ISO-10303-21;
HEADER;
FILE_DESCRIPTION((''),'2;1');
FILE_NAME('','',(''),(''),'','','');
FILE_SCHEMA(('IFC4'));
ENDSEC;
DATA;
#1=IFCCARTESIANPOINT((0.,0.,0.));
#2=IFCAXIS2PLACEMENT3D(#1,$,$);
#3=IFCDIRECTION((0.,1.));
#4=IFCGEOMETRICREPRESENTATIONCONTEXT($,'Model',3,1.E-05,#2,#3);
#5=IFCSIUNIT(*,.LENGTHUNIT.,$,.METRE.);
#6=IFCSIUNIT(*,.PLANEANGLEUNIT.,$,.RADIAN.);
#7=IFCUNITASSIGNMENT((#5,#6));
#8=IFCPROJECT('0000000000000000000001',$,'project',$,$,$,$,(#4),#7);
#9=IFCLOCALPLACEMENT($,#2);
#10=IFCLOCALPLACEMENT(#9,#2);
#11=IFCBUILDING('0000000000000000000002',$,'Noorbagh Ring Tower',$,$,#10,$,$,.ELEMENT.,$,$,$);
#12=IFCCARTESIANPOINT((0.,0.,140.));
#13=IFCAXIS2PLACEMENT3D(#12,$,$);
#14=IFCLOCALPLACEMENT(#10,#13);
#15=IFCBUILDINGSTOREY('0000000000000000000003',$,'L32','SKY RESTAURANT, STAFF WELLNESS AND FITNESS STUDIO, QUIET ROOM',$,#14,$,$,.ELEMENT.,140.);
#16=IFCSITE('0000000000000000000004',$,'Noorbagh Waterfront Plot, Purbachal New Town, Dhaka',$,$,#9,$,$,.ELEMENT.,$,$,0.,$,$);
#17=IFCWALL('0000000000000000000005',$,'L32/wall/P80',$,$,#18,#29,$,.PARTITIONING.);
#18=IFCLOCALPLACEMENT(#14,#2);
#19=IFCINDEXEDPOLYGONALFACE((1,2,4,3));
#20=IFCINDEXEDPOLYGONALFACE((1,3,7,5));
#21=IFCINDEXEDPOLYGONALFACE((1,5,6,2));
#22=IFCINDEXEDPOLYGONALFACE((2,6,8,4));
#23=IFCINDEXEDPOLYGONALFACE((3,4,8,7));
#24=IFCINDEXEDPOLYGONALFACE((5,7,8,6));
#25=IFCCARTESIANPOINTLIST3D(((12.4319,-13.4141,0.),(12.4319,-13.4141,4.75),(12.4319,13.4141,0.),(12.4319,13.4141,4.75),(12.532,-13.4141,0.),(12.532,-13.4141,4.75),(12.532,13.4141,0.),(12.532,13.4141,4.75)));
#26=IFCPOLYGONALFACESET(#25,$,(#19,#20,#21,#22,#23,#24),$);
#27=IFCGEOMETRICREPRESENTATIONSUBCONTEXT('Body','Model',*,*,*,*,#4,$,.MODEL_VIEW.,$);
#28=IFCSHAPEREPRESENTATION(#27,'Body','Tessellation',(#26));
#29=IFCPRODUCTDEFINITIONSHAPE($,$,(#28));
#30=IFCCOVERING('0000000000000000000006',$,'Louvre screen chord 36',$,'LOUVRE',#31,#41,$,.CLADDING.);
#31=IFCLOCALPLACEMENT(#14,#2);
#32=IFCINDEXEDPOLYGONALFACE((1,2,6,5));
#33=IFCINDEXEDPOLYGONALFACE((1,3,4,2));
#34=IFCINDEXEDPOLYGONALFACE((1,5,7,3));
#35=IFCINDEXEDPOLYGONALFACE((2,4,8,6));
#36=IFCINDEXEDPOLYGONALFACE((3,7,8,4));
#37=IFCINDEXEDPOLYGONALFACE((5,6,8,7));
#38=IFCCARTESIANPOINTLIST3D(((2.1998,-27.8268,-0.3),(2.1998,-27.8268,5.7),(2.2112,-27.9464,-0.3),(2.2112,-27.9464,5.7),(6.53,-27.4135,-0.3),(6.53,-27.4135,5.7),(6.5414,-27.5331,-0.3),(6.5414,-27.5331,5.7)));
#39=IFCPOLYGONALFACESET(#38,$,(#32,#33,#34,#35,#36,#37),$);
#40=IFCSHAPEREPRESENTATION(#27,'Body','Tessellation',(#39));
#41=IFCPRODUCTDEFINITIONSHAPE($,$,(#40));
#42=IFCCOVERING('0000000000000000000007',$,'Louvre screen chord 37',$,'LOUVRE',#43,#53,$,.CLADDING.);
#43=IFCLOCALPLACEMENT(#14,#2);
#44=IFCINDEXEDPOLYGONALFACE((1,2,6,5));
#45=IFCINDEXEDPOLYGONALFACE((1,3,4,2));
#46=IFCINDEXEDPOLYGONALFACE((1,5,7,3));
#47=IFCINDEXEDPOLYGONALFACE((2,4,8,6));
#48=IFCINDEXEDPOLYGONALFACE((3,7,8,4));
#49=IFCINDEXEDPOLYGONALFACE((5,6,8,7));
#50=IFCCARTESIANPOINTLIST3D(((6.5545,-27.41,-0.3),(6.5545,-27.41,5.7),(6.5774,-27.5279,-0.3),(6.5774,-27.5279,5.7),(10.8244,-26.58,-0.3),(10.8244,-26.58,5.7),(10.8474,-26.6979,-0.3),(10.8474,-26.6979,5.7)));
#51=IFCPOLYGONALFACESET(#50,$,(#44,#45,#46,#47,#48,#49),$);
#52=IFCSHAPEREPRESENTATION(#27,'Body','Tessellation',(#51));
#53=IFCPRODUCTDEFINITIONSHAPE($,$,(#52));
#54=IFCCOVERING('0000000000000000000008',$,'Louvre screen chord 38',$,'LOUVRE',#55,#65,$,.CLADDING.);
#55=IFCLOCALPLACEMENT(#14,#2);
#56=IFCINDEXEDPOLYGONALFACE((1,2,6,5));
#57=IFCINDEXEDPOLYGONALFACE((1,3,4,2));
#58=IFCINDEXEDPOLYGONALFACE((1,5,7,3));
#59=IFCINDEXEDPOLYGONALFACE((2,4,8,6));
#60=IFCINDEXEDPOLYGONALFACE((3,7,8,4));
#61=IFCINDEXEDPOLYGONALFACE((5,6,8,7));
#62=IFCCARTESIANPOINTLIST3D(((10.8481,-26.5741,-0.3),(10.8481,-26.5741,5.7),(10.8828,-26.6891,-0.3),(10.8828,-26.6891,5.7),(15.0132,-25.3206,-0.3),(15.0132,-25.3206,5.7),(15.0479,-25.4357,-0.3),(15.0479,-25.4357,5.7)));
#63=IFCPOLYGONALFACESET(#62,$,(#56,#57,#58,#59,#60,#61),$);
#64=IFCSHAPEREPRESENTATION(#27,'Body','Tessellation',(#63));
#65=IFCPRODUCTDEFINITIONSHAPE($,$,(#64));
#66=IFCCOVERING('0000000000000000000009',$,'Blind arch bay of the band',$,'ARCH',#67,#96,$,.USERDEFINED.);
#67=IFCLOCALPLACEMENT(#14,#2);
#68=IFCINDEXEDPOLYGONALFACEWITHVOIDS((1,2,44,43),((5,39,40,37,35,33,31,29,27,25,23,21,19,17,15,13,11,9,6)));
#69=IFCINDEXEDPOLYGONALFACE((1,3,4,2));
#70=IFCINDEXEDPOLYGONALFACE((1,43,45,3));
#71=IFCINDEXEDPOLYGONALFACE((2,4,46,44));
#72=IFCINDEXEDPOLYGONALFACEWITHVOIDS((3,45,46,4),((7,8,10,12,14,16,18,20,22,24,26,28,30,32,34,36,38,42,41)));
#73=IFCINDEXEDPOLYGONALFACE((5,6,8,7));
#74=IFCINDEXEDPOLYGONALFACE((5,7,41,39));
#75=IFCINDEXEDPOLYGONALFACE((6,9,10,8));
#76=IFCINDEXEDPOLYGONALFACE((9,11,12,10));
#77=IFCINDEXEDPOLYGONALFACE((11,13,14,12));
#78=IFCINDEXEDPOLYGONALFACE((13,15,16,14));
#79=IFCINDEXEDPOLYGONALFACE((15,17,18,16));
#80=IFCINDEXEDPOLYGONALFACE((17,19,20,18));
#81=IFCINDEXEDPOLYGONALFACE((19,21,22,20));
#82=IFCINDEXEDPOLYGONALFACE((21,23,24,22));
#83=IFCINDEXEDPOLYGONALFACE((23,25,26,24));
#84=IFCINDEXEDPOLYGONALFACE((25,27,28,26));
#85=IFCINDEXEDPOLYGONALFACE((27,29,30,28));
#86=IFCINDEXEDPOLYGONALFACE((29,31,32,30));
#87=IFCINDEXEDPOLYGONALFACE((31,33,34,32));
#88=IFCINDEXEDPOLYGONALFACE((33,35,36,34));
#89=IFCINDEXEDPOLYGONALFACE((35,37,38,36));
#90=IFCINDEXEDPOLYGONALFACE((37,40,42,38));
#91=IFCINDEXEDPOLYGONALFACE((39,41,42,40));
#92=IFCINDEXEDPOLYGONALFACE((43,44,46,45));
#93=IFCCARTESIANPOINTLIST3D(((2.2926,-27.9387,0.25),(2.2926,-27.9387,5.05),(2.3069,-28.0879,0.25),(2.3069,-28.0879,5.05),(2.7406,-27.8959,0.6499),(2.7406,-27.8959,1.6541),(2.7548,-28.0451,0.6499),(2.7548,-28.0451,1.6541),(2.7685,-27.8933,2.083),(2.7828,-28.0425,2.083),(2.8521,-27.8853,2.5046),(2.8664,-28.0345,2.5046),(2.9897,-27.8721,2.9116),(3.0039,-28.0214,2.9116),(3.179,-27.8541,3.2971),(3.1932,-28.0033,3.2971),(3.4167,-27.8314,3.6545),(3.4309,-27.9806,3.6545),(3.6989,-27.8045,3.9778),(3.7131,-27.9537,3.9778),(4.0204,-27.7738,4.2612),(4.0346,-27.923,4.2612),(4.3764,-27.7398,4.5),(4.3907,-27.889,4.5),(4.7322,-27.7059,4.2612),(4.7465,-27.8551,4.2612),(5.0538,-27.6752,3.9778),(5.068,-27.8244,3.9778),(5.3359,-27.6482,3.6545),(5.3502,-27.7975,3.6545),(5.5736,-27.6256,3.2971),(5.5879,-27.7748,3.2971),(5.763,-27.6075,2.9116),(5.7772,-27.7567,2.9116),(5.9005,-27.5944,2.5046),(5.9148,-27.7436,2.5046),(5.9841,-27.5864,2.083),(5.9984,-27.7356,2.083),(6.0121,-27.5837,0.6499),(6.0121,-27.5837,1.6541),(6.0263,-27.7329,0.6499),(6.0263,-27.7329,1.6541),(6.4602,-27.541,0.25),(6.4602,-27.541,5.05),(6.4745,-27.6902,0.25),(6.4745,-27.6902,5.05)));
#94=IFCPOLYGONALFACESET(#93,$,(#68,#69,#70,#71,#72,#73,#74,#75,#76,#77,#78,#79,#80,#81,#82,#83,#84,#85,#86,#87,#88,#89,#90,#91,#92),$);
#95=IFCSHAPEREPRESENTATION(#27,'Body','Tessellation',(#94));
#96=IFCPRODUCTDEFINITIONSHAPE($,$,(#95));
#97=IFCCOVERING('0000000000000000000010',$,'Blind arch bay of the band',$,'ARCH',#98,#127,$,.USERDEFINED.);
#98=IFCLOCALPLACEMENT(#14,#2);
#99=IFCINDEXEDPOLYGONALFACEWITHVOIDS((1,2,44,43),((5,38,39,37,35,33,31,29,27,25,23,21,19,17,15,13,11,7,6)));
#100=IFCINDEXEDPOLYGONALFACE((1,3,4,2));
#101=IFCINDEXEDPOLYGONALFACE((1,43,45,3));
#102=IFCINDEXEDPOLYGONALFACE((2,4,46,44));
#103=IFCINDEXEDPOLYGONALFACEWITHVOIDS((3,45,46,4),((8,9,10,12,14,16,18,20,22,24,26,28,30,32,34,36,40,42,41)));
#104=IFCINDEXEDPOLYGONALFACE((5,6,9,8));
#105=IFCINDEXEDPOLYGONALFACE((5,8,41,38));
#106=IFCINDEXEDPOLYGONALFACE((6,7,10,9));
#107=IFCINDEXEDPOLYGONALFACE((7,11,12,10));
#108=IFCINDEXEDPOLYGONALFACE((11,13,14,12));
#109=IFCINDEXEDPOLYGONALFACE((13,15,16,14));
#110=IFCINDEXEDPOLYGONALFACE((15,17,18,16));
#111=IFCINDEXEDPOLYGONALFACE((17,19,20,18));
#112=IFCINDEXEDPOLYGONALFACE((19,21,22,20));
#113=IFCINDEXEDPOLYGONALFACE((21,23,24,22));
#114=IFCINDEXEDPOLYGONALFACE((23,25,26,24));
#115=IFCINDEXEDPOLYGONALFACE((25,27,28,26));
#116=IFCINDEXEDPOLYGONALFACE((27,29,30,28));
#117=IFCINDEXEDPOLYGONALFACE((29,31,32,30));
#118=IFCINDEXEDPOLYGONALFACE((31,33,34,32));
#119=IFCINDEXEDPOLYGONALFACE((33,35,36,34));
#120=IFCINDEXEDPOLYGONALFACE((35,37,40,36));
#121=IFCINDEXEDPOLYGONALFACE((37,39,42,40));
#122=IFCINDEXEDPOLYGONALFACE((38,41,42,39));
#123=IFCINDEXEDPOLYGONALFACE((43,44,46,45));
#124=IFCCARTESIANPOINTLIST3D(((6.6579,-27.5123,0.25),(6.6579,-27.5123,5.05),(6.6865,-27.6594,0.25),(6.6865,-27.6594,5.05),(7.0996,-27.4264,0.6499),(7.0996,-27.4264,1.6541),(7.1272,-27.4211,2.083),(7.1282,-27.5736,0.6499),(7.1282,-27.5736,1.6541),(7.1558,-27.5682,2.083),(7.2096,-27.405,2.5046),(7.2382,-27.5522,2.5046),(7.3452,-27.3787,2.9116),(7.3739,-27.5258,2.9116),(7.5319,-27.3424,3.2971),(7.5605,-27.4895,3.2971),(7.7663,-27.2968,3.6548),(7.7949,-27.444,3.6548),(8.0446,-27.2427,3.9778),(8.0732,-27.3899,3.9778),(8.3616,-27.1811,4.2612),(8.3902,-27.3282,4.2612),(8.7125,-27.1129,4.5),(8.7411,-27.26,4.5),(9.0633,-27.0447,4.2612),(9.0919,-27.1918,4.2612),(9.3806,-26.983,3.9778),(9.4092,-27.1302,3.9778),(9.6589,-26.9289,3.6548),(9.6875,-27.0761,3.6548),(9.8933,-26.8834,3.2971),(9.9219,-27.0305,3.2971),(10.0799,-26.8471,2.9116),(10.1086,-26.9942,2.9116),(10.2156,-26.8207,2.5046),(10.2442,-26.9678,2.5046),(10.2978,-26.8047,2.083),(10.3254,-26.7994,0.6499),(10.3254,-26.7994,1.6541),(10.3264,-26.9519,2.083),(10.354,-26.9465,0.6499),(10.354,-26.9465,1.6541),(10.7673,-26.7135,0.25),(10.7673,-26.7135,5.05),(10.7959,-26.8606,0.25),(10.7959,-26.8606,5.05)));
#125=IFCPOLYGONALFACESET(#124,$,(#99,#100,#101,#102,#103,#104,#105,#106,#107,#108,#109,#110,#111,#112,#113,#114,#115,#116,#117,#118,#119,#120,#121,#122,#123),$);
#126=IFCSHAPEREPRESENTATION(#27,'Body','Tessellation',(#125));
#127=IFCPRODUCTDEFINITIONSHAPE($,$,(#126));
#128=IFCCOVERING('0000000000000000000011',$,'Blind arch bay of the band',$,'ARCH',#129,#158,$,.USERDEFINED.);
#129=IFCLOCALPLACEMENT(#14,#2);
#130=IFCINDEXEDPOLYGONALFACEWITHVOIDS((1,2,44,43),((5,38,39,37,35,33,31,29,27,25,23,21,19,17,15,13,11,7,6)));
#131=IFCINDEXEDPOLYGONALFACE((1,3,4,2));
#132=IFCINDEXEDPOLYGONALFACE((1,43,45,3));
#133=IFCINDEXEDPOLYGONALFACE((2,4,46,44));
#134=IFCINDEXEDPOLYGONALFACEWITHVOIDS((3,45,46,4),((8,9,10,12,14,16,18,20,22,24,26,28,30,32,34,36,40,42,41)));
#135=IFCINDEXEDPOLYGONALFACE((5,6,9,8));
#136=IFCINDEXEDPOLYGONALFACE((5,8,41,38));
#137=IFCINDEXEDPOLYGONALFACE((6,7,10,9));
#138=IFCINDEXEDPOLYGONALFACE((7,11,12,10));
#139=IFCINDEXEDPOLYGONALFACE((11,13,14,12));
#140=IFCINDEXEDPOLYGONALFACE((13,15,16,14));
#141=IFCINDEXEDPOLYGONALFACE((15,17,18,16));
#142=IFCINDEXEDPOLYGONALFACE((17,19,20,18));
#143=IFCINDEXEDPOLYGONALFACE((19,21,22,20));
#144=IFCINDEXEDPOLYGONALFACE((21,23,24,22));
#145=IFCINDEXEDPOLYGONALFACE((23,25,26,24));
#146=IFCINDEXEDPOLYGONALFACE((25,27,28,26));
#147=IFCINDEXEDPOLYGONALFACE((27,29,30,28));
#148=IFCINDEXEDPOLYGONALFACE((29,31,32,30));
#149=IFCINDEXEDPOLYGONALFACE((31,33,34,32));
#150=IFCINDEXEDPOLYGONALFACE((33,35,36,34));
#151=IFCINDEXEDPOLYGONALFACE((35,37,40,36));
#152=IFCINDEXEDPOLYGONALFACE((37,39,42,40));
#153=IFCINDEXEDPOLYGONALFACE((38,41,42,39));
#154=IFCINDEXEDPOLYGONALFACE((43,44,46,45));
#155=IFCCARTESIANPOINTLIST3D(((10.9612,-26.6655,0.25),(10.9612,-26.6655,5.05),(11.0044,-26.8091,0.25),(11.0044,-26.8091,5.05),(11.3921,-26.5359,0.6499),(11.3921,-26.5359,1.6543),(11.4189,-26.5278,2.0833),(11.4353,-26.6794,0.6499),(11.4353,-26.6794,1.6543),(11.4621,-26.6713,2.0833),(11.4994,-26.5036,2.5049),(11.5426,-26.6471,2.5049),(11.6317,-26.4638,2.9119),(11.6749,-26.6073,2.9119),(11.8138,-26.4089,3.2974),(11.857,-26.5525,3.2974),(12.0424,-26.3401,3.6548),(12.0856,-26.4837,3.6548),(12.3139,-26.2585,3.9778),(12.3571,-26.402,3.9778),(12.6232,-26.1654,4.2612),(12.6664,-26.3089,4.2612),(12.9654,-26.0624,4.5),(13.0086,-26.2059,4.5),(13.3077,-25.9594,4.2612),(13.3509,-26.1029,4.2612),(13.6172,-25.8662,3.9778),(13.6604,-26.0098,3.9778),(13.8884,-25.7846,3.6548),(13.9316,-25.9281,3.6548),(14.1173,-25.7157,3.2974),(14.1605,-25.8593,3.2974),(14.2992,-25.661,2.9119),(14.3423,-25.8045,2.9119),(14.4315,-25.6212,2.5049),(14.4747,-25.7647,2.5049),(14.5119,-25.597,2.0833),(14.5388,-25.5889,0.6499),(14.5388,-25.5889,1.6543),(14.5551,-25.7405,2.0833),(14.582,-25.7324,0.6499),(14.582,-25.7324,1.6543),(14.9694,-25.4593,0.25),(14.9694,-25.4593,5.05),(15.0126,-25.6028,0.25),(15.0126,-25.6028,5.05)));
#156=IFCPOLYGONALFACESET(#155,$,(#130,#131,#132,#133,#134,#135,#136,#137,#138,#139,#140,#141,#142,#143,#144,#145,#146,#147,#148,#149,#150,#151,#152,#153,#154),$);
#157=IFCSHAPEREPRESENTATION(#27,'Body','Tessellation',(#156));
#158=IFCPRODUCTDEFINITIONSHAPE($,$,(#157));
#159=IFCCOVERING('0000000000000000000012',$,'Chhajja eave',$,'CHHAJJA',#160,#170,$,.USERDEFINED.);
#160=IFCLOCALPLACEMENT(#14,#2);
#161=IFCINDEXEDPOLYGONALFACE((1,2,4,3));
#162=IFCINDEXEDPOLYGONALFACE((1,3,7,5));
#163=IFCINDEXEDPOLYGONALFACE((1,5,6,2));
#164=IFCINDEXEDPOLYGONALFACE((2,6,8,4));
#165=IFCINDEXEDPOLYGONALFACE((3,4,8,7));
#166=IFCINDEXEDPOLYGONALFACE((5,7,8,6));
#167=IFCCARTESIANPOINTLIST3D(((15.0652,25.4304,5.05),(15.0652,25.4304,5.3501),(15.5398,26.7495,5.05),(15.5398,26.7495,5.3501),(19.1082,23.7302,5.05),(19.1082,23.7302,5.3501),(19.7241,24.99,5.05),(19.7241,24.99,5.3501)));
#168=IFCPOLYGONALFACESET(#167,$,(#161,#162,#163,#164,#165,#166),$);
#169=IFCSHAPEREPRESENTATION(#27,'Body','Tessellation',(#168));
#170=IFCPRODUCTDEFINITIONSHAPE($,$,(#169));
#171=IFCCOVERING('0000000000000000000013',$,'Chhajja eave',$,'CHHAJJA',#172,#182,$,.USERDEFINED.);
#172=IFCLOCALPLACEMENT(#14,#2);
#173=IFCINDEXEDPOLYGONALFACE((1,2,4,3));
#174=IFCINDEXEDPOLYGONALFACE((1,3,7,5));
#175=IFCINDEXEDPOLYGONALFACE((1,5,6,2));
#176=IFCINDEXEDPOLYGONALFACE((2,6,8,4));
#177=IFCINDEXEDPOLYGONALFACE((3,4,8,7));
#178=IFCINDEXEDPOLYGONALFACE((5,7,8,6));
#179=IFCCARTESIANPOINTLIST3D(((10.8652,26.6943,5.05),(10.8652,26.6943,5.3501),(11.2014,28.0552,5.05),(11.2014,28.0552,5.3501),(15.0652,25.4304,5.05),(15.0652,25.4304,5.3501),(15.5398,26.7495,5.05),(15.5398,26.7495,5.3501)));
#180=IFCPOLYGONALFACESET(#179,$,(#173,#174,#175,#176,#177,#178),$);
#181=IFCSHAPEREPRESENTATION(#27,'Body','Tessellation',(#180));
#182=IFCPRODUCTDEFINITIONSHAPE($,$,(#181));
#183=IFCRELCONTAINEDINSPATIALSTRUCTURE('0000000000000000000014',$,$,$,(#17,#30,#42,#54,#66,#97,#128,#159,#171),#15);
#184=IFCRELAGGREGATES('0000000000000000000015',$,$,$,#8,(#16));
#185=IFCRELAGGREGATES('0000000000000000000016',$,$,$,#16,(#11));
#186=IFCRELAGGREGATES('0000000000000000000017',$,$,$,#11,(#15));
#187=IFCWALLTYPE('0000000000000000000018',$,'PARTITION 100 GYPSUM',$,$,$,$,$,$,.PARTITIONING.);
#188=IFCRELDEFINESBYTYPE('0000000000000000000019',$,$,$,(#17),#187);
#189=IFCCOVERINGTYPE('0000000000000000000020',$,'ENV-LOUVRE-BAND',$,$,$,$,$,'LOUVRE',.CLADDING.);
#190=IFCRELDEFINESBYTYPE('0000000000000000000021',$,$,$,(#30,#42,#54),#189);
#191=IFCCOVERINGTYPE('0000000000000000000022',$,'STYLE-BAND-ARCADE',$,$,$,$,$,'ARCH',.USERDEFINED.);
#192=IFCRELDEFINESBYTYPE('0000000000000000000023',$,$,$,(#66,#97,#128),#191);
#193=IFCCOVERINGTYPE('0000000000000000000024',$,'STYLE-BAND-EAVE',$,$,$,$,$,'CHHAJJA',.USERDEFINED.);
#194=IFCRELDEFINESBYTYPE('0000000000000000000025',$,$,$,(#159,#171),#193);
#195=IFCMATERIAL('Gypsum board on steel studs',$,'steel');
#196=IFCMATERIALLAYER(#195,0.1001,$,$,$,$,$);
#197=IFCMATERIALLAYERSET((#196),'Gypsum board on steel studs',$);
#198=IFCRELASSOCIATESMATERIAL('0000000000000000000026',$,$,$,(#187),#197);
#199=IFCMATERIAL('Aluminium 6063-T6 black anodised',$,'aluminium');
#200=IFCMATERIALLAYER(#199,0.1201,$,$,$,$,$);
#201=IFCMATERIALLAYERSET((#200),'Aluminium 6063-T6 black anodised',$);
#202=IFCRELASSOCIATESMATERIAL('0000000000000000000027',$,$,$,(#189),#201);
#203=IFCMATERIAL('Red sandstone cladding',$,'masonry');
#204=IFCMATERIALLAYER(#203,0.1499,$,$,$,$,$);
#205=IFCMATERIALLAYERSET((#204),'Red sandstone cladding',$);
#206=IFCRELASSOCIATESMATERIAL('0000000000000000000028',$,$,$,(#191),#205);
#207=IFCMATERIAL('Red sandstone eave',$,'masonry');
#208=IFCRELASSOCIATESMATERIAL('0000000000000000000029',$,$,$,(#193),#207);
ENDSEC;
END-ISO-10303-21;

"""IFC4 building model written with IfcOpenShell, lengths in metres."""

from ifc_helpers import new_model, si_unit, direction, frame, frame_2d, origin, origin_2d, place, context, subcontext, project, spatial, polyline, rectangle, outline, extrude, material, layer, layer_set, type_object, element, save


model = new_model("IFC4")

# Units and contexts
model_context = context("Model", 3, precision=1e-05, world=origin(), true_north=direction((0.0, 1.0)))
body_context = subcontext(model_context, "Body", "Model", "MODEL_VIEW")
ifc_project = project(units=[si_unit("LENGTHUNIT", "METRE"), si_unit("PLANEANGLEUNIT", "RADIAN")], contexts=[model_context])

# Site, building, storey
site_placement = place(None, origin())
site = spatial("IfcSite", under=ifc_project, at=site_placement, Name="Noorbagh Waterfront Plot, Purbachal New Town, Dhaka", CompositionType="ELEMENT", RefElevation=0.0)
building_placement = place(site_placement, origin())
building = spatial("IfcBuilding", under=site, at=building_placement, Name="Noorbagh Ring Tower", CompositionType="ELEMENT")
storey_placement = place(building_placement, frame((0.0, 0.0, 140.0)))
storey = spatial("IfcBuildingStorey", under=building, at=storey_placement, Name="L32", Description="SKY RESTAURANT, STAFF WELLNESS AND FITNESS STUDIO, QUIET ROOM", CompositionType="ELEMENT", Elevation=140.0)

# Wall
ifc_material_1 = material(Name="Gypsum board on steel studs", Category="steel")
ifc_layer_1 = layer(ifc_material_1, 0.1001)
ifc_layer_set_1 = layer_set([ifc_layer_1], Name="Gypsum board on steel studs")
wall_type_1 = type_object("IfcWallType", Name="PARTITION 100 GYPSUM", PredefinedType="PARTITIONING", material=ifc_layer_set_1)
wall_1_placement = place(storey_placement, frame((12.4819, -13.4141, 0.0), z_axis=(0.0, 0.0, 1.0), x_axis=(0.0, 1.0, 0.0)))
element("IfcWall", 1, at=wall_1_placement, inside=storey, type_object=wall_type_1, Name="L32/wall/P80", PredefinedType="PARTITIONING", context=body_context, shape_type="SweptSolid", body=[
    extrude(rectangle(XDim=26.8281, YDim=0.1001, at=frame_2d((13.4141, 0.0))), origin(), (0.0, 0.0, 1.0), 4.75),
])

# Coverings
ifc_material_2 = material(Name="Aluminium 6063-T6 black anodised", Category="aluminium")
ifc_layer_2 = layer(ifc_material_2, 0.1201)
ifc_layer_set_2 = layer_set([ifc_layer_2], Name="Aluminium 6063-T6 black anodised")
covering_type_1 = type_object("IfcCoveringType", Name="ENV-LOUVRE-BAND", ElementType="LOUVRE", PredefinedType="CLADDING", material=ifc_layer_set_2)
for number, where, z_axis, x_axis, name in (
    (2, (4.3706, -27.6799, -0.3), (0.0, 0.0, 1.0), (0.995476, 0.095008, 0.0), "Louvre screen chord 36"),
    (3, (8.7009, -27.054, -0.3), (0.0, 0.0, 1.0), (0.981625, 0.19082, 0.0), "Louvre screen chord 37"),
):
    element("IfcCovering", number, at=place(storey_placement, frame(where, z_axis=z_axis, x_axis=x_axis)), inside=storey, type_object=covering_type_1, Name=name, ObjectType="LOUVRE", PredefinedType="CLADDING", context=body_context, shape_type="SweptSolid", body=[
        extrude(rectangle(XDim=4.3499, YDim=0.1201, at=origin_2d()), origin(), (0.0, 0.0, 1.0), 6.0),
    ])
covering_1_placement = place(storey_placement, frame((12.948, -26.0049, -0.3), z_axis=(0.0, 0.0, 1.0), x_axis=(0.957578, 0.288174, 0.0)))
element("IfcCovering", 4, at=covering_1_placement, inside=storey, type_object=covering_type_1, Name="Louvre screen chord 38", ObjectType="LOUVRE", PredefinedType="CLADDING", context=body_context, shape_type="SweptSolid", body=[
    extrude(rectangle(XDim=4.3496, YDim=0.1201, at=origin_2d()), origin(), (0.0, 0.0, 1.0), 6.0),
])
ifc_material_3 = material(Name="Red sandstone cladding", Category="masonry")
ifc_layer_3 = layer(ifc_material_3, 0.1499)
ifc_layer_set_3 = layer_set([ifc_layer_3], Name="Red sandstone cladding")
covering_type_2 = type_object("IfcCoveringType", Name="STYLE-BAND-ARCADE", ElementType="ARCH", PredefinedType="USERDEFINED", material=ifc_layer_set_3)
covering_2_placement = place(storey_placement, frame((2.3069, -28.0879, 0.25), z_axis=(0.094999, -0.995477, 0.0), x_axis=(0.995477, 0.094999, 0.0)))
element("IfcCovering", 5, at=covering_2_placement, inside=storey, type_object=covering_type_2, Name="Blind arch bay of the band", ObjectType="ARCH", PredefinedType="USERDEFINED", context=body_context, shape_type="SweptSolid", body=[
    extrude(outline(polyline([(0.0, 0.0), (4.1865, 0.0), (4.1865, 4.8), (0.0, 4.8), (0.0, 0.0)]), holes=[polyline([(0.45, 0.3999), (0.45, 1.4041), (0.478, 1.833), (0.562, 2.2546), (0.7002, 2.6616), (0.8904, 3.0471), (1.1292, 3.4045), (1.4126, 3.7278), (1.7356, 4.0112), (2.0933, 4.25), (2.4507, 4.0112), (2.7737, 3.7278), (3.0571, 3.4045), (3.2959, 3.0471), (3.4861, 2.6616), (3.6243, 2.2546), (3.7083, 1.833), (3.7363, 1.4041), (3.7363, 0.3999), (0.45, 0.3999)])]), origin(), (0.0, 0.0, -1.0), 0.1499),
])
covering_3_placement = place(storey_placement, frame((6.6865, -27.6594, 0.25), z_axis=(0.19082, -0.981625, 0.0), x_axis=(0.981625, 0.19082, 0.0)))
element("IfcCovering", 6, at=covering_3_placement, inside=storey, type_object=covering_type_2, Name="Blind arch bay of the band", ObjectType="ARCH", PredefinedType="USERDEFINED", context=body_context, shape_type="SweptSolid", body=[
    extrude(outline(polyline([(0.0, 0.0), (4.1863, 0.0), (4.1863, 4.8), (0.0, 4.8), (0.0, 0.0)]), holes=[polyline([(0.45, 0.3999), (0.45, 1.4041), (0.478, 1.833), (0.562, 2.2546), (0.7002, 2.6616), (0.8904, 3.0471), (1.1292, 3.4048), (1.4126, 3.7278), (1.7356, 4.0112), (2.093, 4.25), (2.4504, 4.0112), (2.7737, 3.7278), (3.0571, 3.4048), (3.2959, 3.0471), (3.4861, 2.6616), (3.6243, 2.2546), (3.708, 1.833), (3.7361, 1.4041), (3.7361, 0.3999), (0.45, 0.3999)])]), origin(), (0.0, 0.0, -1.0), 0.1499),
])
covering_4_placement = place(storey_placement, frame((11.0044, -26.8091, 0.25), z_axis=(0.288183, -0.957575, 0.0), x_axis=(0.957575, 0.288183, 0.0)))
element("IfcCovering", 7, at=covering_4_placement, inside=storey, type_object=covering_type_2, Name="Blind arch bay of the band", ObjectType="ARCH", PredefinedType="USERDEFINED", context=body_context, shape_type="SweptSolid", body=[
    extrude(outline(polyline([(0.0, 0.0), (4.1858, 0.0), (4.1858, 4.8), (0.0, 4.8), (0.0, 0.0)]), holes=[polyline([(0.45, 0.3999), (0.45, 1.4043), (0.478, 1.8333), (0.562, 2.2549), (0.7002, 2.6619), (0.8904, 3.0474), (1.1292, 3.4048), (1.4126, 3.7278), (1.7356, 4.0112), (2.093, 4.25), (2.4504, 4.0112), (2.7737, 3.7278), (3.0569, 3.4048), (3.2959, 3.0474), (3.4858, 2.6619), (3.624, 2.2549), (3.708, 1.8333), (3.7361, 1.4043), (3.7361, 0.3999), (0.45, 0.3999)])]), origin(), (0.0, 0.0, -1.0), 0.1499),
])
ifc_material_4 = material(Name="Red sandstone eave", Category="masonry")
covering_type_3 = type_object("IfcCoveringType", Name="STYLE-BAND-EAVE", ElementType="CHHAJJA", PredefinedType="USERDEFINED", material=ifc_material_4)
covering_5_placement = place(storey_placement, frame((0.0, 0.0, 5.05)))
element("IfcCovering", 8, at=covering_5_placement, inside=storey, type_object=covering_type_3, Name="Chhajja eave", ObjectType="CHHAJJA", PredefinedType="USERDEFINED", context=body_context, shape_type="SweptSolid", body=[
    extrude(outline(polyline([(19.1082, 23.7302), (15.0652, 25.4304), (15.5398, 26.7495), (19.7241, 24.99), (19.1082, 23.7302)])), origin(), (0.0, 0.0, 1.0), 0.3),
])
covering_6_placement = place(storey_placement, frame((0.0, 0.0, 5.05)))
element("IfcCovering", 9, at=covering_6_placement, inside=storey, type_object=covering_type_3, Name="Chhajja eave", ObjectType="CHHAJJA", PredefinedType="USERDEFINED", context=body_context, shape_type="SweptSolid", body=[
    extrude(outline(polyline([(15.0652, 25.4304), (10.8652, 26.6943), (11.2014, 28.0552), (15.5398, 26.7495), (15.0652, 25.4304)])), origin(), (0.0, 0.0, 1.0), 0.3),
])

save(model, "model.ifc")
